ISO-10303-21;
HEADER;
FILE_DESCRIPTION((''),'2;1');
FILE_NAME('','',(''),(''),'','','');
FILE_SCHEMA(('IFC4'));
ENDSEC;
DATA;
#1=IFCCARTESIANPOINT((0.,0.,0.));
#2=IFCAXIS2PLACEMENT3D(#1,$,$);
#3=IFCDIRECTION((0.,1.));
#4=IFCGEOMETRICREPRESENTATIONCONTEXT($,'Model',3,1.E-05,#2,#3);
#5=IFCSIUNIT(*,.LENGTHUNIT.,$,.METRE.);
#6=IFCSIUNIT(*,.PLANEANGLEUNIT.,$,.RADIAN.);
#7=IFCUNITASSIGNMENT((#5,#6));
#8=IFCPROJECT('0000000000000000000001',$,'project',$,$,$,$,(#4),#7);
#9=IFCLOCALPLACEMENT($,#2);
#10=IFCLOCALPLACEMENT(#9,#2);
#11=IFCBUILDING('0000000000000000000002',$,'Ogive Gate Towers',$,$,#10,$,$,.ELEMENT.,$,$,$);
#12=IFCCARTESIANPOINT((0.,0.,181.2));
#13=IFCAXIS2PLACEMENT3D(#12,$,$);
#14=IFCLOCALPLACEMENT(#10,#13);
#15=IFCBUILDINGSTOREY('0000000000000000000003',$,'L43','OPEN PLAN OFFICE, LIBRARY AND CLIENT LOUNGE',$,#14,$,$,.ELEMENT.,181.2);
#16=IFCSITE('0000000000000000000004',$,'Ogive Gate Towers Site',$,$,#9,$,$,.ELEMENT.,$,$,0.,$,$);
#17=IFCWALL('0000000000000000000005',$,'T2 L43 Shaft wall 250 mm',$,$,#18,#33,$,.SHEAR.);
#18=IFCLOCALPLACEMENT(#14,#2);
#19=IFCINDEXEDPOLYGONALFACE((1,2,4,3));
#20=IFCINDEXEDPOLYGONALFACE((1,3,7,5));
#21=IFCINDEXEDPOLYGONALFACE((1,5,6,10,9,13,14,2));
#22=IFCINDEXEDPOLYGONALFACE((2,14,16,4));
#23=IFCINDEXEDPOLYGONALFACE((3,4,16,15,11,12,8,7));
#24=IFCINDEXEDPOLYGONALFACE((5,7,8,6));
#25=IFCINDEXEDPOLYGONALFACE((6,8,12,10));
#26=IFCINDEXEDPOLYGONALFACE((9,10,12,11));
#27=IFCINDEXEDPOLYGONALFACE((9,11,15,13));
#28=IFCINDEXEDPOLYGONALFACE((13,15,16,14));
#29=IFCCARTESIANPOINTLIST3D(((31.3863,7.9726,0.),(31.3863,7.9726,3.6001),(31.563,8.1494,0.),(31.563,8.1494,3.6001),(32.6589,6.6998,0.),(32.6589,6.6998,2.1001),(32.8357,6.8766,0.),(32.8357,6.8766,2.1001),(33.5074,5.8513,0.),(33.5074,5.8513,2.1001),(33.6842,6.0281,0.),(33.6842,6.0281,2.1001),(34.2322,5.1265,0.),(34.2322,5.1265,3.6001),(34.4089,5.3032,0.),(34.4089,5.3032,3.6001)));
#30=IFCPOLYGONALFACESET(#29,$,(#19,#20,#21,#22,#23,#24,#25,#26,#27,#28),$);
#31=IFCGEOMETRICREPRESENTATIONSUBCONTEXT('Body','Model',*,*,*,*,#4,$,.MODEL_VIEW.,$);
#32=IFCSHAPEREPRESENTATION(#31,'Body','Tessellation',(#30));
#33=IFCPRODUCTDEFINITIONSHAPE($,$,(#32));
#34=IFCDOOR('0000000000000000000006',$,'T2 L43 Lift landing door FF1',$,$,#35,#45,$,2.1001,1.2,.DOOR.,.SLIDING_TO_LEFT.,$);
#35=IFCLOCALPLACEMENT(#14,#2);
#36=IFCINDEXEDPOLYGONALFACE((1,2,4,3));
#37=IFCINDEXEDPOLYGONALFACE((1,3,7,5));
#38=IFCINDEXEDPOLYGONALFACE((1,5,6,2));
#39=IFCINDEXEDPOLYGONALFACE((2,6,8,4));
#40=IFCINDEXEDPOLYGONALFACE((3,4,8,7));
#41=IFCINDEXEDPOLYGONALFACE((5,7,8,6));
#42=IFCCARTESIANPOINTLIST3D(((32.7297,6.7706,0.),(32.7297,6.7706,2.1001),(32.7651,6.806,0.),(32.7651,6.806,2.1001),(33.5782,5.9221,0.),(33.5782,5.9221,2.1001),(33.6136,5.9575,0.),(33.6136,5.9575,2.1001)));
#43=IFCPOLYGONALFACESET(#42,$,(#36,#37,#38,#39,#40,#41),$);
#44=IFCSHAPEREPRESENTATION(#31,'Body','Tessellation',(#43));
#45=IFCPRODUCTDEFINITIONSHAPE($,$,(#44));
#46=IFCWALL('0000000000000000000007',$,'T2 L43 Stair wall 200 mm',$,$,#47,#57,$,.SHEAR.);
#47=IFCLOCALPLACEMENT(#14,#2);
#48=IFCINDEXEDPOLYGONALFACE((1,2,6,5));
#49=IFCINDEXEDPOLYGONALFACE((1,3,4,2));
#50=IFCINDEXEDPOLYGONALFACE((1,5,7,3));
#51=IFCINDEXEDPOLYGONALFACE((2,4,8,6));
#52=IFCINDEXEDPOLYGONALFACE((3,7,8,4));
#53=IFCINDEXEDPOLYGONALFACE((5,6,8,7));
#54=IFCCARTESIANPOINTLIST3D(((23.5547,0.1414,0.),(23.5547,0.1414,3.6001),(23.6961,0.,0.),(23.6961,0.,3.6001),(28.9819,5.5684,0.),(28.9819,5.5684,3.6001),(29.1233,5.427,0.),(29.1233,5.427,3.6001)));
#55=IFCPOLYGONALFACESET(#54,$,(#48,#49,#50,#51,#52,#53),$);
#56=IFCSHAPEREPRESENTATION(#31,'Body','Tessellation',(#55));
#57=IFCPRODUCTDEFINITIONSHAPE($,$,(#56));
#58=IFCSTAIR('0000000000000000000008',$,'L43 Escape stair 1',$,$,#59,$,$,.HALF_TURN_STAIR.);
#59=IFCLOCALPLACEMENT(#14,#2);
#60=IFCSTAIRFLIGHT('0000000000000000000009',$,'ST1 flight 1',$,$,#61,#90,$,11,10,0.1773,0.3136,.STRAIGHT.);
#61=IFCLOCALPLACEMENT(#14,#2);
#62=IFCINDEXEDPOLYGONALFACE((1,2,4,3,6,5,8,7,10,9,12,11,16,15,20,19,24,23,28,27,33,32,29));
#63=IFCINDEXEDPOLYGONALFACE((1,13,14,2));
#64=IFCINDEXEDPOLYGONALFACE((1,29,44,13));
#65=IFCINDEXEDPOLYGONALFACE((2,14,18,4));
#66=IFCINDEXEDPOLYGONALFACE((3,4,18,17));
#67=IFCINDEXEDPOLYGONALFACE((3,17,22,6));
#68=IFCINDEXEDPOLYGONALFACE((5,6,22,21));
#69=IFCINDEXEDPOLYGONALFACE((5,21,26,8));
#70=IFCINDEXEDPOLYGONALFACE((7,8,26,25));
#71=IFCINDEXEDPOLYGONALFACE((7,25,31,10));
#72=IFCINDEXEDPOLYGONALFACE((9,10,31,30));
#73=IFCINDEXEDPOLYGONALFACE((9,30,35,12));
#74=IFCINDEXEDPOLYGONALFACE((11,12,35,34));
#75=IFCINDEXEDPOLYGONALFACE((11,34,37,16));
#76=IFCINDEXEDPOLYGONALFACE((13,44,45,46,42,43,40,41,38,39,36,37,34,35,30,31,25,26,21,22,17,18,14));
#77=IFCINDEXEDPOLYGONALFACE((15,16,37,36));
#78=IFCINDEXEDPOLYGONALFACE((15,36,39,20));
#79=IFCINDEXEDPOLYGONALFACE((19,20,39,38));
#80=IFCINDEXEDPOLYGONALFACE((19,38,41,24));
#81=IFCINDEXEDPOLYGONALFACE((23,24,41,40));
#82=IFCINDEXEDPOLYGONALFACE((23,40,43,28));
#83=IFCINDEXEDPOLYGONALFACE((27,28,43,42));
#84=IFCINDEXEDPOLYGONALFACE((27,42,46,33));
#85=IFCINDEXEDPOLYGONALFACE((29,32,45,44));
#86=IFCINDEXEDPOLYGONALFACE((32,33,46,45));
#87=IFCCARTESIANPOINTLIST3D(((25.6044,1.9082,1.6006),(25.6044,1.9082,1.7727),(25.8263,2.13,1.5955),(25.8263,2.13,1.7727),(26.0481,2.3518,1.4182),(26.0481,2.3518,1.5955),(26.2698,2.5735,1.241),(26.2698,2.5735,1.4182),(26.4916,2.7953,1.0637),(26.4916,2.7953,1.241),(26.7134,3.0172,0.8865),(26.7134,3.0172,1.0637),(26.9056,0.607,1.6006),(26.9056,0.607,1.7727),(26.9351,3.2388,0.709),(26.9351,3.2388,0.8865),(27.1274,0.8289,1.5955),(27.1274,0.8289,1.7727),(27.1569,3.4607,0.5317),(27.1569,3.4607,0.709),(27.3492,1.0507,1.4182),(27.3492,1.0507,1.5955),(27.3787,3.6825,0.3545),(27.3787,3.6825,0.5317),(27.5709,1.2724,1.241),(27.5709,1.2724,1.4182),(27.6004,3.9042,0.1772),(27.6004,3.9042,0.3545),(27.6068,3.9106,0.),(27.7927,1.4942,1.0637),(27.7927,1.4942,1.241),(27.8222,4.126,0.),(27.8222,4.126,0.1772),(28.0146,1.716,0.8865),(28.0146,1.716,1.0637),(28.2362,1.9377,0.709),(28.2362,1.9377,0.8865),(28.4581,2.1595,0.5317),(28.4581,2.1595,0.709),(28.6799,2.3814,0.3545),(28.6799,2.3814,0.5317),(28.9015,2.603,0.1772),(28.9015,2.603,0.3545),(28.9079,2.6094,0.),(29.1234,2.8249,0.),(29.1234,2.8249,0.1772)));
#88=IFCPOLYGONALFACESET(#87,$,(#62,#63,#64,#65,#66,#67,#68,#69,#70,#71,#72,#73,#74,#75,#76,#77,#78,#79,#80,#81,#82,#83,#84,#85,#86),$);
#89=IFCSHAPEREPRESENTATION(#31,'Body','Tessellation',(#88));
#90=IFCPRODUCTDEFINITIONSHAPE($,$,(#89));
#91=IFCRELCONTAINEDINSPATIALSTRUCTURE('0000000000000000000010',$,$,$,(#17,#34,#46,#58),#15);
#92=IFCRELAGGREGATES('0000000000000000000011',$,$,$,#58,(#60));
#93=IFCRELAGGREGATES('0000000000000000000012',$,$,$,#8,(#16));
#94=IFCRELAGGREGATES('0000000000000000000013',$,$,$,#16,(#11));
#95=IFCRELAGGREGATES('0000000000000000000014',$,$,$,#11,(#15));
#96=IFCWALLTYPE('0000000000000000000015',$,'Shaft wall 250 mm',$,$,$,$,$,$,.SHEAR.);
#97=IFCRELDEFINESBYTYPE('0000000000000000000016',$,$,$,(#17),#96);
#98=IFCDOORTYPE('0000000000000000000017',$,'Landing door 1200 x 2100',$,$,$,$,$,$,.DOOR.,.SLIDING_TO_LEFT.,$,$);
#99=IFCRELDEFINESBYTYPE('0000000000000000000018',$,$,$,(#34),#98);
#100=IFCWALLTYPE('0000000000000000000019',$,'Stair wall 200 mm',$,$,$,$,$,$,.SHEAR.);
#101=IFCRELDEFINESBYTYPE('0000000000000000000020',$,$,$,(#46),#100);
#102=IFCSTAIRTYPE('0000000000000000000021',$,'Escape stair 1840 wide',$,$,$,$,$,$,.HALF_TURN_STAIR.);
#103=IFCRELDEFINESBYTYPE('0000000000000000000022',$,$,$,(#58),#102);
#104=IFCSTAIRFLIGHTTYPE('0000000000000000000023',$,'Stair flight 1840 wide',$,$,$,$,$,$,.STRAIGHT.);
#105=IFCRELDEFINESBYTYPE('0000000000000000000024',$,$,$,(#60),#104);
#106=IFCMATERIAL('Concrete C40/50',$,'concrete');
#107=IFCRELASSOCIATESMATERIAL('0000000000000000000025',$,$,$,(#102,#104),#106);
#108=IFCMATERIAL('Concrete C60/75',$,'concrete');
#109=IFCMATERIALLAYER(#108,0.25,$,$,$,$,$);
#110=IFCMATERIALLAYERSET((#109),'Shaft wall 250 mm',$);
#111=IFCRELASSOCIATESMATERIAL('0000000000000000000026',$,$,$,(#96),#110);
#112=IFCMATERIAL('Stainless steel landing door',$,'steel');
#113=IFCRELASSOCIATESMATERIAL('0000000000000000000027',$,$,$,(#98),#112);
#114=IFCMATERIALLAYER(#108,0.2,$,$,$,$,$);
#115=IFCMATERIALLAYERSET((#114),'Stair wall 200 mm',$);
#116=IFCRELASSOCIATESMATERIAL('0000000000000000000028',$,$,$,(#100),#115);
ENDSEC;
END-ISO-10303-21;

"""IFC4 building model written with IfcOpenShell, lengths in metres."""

from ifc_helpers import new_model, si_unit, direction, frame, frame_2d, origin, place, context, subcontext, project, spatial, polyline, rectangle, outline, extrude, material, layer, layer_set, type_object, element, fill, aggregate, save


model = new_model("IFC4")

# Units and contexts
model_context = context("Model", 3, precision=1e-05, world=origin(), true_north=direction((0.0, 1.0)))
body_context = subcontext(model_context, "Body", "Model", "MODEL_VIEW")
ifc_project = project(units=[si_unit("LENGTHUNIT", "METRE"), si_unit("PLANEANGLEUNIT", "RADIAN")], contexts=[model_context])

# Site, building, storey
site_placement = place(None, origin())
site = spatial("IfcSite", under=ifc_project, at=site_placement, Name="Ogive Gate Towers Site", CompositionType="ELEMENT", RefElevation=0.0)
building_placement = place(site_placement, origin())
building = spatial("IfcBuilding", under=site, at=building_placement, Name="Ogive Gate Towers", CompositionType="ELEMENT")
storey_placement = place(building_placement, frame((0.0, 0.0, 181.2)))
storey = spatial("IfcBuildingStorey", under=building, at=storey_placement, Name="L43", Description="OPEN PLAN OFFICE, LIBRARY AND CLIENT LOUNGE", CompositionType="ELEMENT", Elevation=181.2)

# Shared definitions
ifc_material_1 = material(Name="Concrete C40/50", Category="concrete")

# Shared definitions
stair_type = type_object("IfcStairType", Name="Escape stair 1840 wide", PredefinedType="HALF_TURN_STAIR", material=ifc_material_1)

# Shared definitions
ifc_material_2 = material(Name="Concrete C60/75", Category="concrete")

# Shared definitions
ifc_layer_1 = layer(ifc_material_2, 0.25)
ifc_layer_set_1 = layer_set([ifc_layer_1], Name="Shaft wall 250 mm")
wall_type_1 = type_object("IfcWallType", Name="Shaft wall 250 mm", PredefinedType="SHEAR", material=ifc_layer_set_1)

# Wall, opening, door
wall_1_placement = place(storey_placement, frame((34.3206, 5.2148, 0.0), z_axis=(0.0, 0.0, 1.0), x_axis=(-0.707076, 0.707137, 0.0)))
wall_1 = element("IfcWall", 1, at=wall_1_placement, inside=storey, type_object=wall_type_1, Name="T2 L43 Shaft wall 250 mm", PredefinedType="SHEAR", context=body_context, shape_type="SweptSolid", body=[
    extrude(rectangle(XDim=4.0249, YDim=0.25, at=frame_2d((2.0125, 0.0))), origin(), (0.0, 0.0, 1.0), 3.6001),
])
opening_1_placement = place(wall_1_placement, frame((1.0249, 0.0, 0.0)))
opening_1 = element("IfcOpeningElement", 2, at=opening_1_placement, cuts=wall_1, PredefinedType="OPENING", context=body_context, shape_type="SweptSolid", body=[
    extrude(rectangle(XDim=1.2, YDim=2.1001, at=frame_2d((0.6001, 1.05))), frame((0.0, 0.135, 0.0), z_axis=(0.0, -1.0, 0.0), x_axis=(1.0, 0.0, 0.0)), (0.0, 0.0, 1.0), 0.27),
])
ifc_material_3 = material(Name="Stainless steel landing door", Category="steel")
door_type_1 = type_object("IfcDoorType", Name="Landing door 1200 x 2100", OperationType="SLIDING_TO_LEFT", PredefinedType="DOOR", material=ifc_material_3)
door_1_placement = place(opening_1_placement, origin())
door_1 = element("IfcDoor", 3, at=door_1_placement, inside=storey, type_object=door_type_1, Name="T2 L43 Lift landing door FF1", OperationType="SLIDING_TO_LEFT", OverallHeight=2.1001, OverallWidth=1.2, PredefinedType="DOOR", context=body_context, shape_type="SweptSolid", body=[
    extrude(rectangle(XDim=1.2, YDim=2.1001, at=frame_2d((0.6001, 1.05))), frame((0.0, 0.0249, 0.0), z_axis=(0.0, -1.0, 0.0), x_axis=(1.0, 0.0, 0.0)), (0.0, 0.0, 1.0), 0.05),
])
fill(opening_1, door_1)

# Wall
ifc_layer_2 = layer(ifc_material_2, 0.2)
ifc_layer_set_2 = layer_set([ifc_layer_2], Name="Stair wall 200 mm")
wall_type_2 = type_object("IfcWallType", Name="Stair wall 200 mm", PredefinedType="SHEAR", material=ifc_layer_set_2)
wall_2_placement = place(storey_placement, frame((23.6255, 0.0708, 0.0), z_axis=(0.0, 0.0, 1.0), x_axis=(0.707123, 0.707091, 0.0)))
element("IfcWall", 4, at=wall_2_placement, inside=storey, type_object=wall_type_2, Name="T2 L43 Stair wall 200 mm", PredefinedType="SHEAR", context=body_context, shape_type="SweptSolid", body=[
    extrude(rectangle(XDim=7.675, YDim=0.2, at=frame_2d((3.8374, 0.0))), origin(), (0.0, 0.0, 1.0), 3.6001),
])

# Stair, stair flight
stair_1_placement = place(storey_placement, origin())
stair_1 = element("IfcStair", 5, at=stair_1_placement, inside=storey, type_object=stair_type, Name="L43 Escape stair 1", PredefinedType="HALF_TURN_STAIR")
stair_flight_type = type_object("IfcStairFlightType", Name="Stair flight 1840 wide", PredefinedType="STRAIGHT", material=ifc_material_1)
stair_flight_placement = place(storey_placement, frame((28.4729, 3.4753, 0.0), z_axis=(0.0, 0.0, 1.0), x_axis=(-0.707107, -0.707107, 0.0)))
stair_flight = element("IfcStairFlight", 6, at=stair_flight_placement, type_object=stair_flight_type, Name="ST1 flight 1", NumberOfRisers=11, NumberOfTreads=10, PredefinedType="STRAIGHT", RiserHeight=0.1773, TreadLength=0.3136, context=body_context, shape_type="SweptSolid", body=[
    extrude(outline(polyline([(0.0, 0.0), (0.0, 0.1772), (0.3137, 0.1772), (0.3137, 0.3545), (0.6272, 0.3545), (0.6272, 0.5317), (0.9409, 0.5317), (0.9409, 0.709), (1.2546, 0.709), (1.2546, 0.8865), (1.5681, 0.8865), (1.5681, 1.0637), (1.8818, 1.0637), (1.8818, 1.241), (2.1956, 1.241), (2.1956, 1.4182), (2.509, 1.4182), (2.509, 1.5955), (2.8228, 1.5955), (2.8228, 1.7727), (3.1365, 1.7727), (3.1365, 1.95), (3.1365, 1.6006), (0.3047, 0.0), (0.0, 0.0)])), frame((0.0, 0.9199, 0.0), z_axis=(0.0, -1.0, 0.0), x_axis=(1.0, 0.0, 0.0)), (0.0, 0.0, 1.0), 1.8401),
])
aggregate(stair_1, [stair_flight])

save(model, "model.ifc")
